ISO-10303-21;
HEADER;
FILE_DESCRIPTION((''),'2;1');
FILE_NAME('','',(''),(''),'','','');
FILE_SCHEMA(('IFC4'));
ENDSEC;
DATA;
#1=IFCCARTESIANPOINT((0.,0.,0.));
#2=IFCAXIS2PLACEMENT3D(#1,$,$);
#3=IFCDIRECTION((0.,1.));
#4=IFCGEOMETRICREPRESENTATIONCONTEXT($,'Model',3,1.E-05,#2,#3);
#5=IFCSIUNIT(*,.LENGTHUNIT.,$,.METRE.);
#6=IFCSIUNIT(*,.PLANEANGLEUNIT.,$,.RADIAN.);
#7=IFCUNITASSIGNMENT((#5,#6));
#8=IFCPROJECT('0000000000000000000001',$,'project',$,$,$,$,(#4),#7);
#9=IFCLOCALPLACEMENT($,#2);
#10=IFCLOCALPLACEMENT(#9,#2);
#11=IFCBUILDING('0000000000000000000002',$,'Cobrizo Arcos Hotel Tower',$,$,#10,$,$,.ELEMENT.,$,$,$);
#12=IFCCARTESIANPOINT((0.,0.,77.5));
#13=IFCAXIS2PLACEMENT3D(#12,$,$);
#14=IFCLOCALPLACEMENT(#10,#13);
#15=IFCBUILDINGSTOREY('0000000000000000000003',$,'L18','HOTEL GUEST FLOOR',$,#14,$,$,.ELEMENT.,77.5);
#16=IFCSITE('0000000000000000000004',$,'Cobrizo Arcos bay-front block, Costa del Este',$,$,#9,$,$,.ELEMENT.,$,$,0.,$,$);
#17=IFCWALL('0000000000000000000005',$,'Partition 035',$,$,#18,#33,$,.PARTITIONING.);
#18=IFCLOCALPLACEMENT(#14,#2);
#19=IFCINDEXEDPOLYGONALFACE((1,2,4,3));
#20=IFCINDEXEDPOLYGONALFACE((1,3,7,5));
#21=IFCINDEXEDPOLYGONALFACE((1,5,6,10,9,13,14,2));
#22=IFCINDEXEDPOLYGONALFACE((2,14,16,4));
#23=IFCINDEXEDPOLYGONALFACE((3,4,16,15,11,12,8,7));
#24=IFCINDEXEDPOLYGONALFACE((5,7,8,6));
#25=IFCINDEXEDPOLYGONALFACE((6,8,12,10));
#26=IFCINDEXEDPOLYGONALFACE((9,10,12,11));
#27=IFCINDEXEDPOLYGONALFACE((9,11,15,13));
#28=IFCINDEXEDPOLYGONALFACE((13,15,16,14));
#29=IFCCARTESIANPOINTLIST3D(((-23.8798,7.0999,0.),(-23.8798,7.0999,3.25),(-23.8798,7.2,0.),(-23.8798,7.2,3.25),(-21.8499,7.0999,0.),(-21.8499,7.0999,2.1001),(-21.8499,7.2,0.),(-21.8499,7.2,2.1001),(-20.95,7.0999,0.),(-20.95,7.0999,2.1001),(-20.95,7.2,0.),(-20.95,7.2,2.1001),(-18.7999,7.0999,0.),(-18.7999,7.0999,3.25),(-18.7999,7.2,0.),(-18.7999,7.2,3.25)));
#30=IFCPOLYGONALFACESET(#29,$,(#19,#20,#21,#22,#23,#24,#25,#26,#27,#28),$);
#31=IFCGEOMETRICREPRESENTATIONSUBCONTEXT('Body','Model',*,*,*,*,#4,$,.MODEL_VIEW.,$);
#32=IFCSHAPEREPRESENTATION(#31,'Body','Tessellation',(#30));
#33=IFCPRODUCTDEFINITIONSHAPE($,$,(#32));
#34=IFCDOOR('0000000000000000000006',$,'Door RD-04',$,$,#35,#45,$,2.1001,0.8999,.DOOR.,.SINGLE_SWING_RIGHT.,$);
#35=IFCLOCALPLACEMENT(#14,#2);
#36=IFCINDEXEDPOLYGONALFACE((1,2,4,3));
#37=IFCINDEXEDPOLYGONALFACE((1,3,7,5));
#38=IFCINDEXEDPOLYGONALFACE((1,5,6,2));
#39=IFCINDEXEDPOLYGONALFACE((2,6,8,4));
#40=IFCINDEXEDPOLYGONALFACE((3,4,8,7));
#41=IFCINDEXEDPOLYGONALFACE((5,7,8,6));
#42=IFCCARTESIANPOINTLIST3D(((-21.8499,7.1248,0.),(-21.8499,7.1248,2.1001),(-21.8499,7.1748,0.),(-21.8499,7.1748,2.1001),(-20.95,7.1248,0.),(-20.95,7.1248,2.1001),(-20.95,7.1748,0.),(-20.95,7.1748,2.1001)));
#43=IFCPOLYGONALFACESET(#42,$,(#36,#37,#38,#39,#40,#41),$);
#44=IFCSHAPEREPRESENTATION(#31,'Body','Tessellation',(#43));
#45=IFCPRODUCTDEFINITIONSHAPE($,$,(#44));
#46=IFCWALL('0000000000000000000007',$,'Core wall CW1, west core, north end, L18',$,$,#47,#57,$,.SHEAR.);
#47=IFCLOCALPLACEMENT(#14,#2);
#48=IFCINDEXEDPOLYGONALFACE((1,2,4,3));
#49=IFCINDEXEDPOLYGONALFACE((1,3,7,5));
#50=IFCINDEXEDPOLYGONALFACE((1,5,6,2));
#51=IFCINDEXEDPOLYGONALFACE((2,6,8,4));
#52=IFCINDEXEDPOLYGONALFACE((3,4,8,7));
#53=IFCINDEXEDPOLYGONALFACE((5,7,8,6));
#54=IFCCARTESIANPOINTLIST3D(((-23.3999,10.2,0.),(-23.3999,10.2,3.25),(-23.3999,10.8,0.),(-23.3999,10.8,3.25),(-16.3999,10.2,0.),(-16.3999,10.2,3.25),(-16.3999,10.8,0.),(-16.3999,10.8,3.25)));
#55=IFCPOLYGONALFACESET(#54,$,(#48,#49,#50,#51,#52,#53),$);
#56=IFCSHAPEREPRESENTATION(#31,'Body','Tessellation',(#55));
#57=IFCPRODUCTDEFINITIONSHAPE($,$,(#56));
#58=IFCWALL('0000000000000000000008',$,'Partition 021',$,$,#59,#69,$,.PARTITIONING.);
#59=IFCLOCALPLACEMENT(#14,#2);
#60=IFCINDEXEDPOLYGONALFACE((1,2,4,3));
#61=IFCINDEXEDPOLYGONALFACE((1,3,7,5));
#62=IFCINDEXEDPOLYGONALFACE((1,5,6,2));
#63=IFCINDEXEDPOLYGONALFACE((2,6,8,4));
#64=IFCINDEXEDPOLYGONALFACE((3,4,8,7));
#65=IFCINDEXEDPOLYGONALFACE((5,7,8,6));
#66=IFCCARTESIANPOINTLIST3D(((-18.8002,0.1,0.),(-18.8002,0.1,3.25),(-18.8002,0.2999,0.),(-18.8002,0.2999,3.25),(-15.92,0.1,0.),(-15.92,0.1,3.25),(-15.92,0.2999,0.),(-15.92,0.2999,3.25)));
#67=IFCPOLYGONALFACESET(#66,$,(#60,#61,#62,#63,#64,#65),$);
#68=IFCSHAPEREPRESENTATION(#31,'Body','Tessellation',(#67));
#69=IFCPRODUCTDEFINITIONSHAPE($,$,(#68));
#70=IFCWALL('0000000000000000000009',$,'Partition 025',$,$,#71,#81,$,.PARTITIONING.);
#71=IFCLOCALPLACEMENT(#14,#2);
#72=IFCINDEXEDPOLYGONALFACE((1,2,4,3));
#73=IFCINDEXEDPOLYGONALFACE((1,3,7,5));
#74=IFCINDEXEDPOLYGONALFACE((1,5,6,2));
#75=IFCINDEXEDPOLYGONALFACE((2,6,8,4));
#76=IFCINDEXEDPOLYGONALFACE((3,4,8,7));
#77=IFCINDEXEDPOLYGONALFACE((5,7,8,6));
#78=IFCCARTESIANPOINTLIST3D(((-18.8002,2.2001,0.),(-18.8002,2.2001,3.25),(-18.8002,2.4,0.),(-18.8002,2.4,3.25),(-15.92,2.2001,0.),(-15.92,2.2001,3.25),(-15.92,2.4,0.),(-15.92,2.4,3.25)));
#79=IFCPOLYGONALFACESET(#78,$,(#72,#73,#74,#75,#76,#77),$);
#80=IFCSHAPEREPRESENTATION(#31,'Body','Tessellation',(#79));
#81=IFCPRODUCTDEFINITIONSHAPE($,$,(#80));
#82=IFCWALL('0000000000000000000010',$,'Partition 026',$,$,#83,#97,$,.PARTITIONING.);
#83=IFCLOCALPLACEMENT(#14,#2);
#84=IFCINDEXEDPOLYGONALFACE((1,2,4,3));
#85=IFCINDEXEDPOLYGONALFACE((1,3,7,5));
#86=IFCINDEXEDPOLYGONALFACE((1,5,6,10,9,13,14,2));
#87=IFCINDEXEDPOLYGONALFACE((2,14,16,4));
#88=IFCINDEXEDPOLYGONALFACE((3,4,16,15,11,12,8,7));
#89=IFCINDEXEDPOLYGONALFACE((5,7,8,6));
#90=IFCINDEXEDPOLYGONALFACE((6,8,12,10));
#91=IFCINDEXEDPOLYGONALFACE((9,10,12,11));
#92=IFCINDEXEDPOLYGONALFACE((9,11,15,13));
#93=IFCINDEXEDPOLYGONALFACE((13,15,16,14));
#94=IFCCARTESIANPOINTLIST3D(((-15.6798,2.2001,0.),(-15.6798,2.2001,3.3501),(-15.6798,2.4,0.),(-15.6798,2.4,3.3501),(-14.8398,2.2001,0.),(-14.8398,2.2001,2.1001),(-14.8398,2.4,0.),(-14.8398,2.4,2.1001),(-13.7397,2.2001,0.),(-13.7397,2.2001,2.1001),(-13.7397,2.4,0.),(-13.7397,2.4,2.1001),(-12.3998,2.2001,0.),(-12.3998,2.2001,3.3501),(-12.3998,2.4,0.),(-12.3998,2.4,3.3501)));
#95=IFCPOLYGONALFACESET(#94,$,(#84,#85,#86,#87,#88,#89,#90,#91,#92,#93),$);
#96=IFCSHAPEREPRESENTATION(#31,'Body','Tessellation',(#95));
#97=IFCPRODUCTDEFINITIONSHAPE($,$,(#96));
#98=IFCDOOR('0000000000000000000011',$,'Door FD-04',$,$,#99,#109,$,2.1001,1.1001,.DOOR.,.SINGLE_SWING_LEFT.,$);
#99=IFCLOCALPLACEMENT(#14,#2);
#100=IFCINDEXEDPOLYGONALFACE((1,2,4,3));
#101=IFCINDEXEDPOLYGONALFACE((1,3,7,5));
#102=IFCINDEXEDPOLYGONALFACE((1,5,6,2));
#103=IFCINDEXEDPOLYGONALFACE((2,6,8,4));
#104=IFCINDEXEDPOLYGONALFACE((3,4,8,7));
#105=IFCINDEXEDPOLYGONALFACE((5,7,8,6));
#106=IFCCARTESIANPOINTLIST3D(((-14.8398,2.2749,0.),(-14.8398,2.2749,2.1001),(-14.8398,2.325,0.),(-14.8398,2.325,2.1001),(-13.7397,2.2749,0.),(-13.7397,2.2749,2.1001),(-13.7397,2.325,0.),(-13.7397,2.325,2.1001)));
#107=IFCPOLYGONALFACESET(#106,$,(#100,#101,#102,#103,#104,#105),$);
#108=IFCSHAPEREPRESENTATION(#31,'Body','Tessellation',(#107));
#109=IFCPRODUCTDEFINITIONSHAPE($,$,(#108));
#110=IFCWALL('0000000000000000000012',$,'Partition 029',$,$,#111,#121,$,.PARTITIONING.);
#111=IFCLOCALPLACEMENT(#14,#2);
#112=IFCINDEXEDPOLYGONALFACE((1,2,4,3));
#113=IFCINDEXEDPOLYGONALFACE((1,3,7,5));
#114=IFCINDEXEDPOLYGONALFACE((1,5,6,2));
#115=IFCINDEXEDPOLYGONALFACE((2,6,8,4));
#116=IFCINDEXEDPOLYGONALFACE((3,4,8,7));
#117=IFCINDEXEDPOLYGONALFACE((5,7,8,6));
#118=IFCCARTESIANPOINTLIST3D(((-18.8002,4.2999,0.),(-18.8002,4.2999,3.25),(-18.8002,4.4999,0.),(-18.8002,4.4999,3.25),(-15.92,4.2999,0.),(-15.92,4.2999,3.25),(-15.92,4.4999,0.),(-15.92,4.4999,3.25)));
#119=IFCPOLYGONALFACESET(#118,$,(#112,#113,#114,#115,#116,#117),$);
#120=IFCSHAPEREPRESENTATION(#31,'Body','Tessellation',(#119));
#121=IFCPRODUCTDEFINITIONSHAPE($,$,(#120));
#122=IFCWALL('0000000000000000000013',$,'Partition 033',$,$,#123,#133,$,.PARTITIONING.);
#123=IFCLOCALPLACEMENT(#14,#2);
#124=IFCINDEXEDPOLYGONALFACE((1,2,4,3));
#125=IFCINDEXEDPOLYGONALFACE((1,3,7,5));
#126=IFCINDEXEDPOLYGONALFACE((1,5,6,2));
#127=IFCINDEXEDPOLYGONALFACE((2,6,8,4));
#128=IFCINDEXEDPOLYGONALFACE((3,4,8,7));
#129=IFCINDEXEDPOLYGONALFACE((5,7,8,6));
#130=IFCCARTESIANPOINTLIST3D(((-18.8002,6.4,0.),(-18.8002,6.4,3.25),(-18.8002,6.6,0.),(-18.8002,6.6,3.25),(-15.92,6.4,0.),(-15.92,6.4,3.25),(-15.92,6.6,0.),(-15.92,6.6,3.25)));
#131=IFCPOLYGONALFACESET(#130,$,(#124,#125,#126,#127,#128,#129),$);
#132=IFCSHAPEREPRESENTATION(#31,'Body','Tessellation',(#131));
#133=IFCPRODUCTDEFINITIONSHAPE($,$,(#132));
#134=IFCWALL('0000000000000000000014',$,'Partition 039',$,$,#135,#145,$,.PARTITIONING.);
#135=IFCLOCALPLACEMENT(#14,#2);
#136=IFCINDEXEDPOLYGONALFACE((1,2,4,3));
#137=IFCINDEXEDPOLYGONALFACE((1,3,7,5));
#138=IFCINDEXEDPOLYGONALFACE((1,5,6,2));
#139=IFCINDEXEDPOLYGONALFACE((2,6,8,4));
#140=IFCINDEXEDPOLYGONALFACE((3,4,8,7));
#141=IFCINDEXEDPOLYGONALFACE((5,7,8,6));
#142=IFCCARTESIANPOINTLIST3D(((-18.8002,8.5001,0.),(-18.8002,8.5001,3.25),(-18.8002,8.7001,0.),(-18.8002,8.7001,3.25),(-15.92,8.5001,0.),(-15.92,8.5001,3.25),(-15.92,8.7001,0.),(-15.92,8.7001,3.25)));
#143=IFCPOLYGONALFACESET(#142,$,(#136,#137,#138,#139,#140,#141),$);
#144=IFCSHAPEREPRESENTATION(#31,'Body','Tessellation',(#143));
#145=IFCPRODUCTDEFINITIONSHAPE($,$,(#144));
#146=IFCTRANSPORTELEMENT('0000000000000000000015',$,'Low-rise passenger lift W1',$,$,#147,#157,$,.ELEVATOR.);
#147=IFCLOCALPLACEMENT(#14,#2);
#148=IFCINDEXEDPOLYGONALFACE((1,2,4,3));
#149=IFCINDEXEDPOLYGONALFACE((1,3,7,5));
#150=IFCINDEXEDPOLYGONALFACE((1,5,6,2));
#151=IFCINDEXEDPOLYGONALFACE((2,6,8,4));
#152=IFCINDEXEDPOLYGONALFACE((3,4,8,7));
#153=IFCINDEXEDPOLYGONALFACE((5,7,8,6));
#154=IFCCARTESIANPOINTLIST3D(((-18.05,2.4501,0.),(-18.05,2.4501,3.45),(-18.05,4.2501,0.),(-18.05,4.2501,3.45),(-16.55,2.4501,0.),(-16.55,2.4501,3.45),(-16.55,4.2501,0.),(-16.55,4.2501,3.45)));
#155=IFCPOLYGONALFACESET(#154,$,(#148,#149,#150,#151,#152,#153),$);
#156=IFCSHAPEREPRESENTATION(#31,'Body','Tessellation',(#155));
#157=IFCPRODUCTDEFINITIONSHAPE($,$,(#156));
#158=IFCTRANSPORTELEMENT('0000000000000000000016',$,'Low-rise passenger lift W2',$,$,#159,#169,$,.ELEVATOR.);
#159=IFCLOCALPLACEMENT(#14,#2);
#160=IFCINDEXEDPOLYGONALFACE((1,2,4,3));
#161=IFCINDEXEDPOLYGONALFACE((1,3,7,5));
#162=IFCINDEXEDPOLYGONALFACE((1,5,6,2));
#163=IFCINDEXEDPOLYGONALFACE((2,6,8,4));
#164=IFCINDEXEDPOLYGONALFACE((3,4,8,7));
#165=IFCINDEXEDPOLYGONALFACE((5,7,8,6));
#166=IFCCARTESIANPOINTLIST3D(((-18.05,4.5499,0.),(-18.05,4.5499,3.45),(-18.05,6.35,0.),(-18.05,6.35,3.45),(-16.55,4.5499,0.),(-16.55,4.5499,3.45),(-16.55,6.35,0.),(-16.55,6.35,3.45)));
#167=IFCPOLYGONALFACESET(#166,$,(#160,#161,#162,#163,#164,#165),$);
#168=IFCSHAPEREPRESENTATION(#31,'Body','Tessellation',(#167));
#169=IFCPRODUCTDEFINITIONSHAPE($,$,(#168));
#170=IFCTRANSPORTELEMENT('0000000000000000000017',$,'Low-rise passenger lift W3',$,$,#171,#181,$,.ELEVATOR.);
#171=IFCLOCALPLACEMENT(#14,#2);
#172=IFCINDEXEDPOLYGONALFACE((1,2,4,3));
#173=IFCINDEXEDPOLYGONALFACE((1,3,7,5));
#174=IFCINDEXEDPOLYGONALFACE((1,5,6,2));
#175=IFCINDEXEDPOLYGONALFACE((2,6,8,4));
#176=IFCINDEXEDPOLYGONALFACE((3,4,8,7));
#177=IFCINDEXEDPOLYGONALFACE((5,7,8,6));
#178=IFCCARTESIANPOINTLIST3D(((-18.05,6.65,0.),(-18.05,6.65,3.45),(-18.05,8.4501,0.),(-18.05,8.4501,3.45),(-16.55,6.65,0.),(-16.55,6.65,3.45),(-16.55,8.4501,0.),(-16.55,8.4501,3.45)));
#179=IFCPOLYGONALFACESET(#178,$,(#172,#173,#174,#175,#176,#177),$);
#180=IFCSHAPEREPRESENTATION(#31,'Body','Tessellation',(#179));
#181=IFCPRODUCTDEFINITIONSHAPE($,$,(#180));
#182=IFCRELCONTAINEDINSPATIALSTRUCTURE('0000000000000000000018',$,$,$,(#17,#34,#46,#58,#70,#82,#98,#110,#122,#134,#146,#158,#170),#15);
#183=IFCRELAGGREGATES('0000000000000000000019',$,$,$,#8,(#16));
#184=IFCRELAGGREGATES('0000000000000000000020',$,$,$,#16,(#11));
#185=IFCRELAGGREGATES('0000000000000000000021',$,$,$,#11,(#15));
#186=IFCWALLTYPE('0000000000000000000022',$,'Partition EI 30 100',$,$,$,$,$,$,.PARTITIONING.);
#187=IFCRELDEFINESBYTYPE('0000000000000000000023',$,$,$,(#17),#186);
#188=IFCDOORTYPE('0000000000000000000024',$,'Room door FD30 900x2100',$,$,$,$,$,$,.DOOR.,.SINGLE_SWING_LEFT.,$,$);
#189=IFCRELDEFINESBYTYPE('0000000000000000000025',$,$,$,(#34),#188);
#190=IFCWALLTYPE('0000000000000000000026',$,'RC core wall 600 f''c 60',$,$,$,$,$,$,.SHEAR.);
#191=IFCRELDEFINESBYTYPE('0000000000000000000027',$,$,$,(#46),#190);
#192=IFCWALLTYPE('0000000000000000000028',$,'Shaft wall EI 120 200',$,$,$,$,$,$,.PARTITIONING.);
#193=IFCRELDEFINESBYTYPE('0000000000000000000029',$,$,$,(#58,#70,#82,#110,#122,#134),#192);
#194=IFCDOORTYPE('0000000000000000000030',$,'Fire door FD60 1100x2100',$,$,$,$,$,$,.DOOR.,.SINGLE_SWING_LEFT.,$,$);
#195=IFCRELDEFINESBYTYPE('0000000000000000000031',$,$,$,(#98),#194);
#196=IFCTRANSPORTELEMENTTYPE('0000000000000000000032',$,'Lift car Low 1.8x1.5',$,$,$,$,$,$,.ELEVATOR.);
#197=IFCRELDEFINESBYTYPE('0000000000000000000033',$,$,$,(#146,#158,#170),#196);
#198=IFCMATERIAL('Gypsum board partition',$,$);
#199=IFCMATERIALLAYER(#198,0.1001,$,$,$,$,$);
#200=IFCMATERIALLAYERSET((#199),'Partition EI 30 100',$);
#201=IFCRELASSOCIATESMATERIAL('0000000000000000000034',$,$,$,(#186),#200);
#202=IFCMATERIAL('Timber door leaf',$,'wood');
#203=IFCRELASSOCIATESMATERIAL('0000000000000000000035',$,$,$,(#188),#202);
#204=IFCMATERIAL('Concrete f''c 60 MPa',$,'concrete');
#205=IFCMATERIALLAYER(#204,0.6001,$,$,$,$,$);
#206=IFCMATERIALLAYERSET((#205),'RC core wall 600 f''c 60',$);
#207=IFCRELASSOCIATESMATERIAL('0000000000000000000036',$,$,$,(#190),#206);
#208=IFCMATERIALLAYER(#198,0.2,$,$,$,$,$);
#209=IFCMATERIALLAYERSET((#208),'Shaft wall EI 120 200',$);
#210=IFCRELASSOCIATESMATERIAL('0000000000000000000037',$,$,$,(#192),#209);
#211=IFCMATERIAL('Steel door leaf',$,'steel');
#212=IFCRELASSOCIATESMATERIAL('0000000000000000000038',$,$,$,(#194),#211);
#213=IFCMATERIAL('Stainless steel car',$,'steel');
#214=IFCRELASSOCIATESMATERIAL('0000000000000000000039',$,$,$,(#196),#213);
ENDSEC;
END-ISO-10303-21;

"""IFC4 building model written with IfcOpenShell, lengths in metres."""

from ifc_helpers import new_model, si_unit, direction, frame, frame_2d, origin, origin_2d, place, context, subcontext, project, spatial, rectangle, extrude, material, layer, layer_set, type_object, element, fill, save


model = new_model("IFC4")

# Units and contexts
model_context = context("Model", 3, precision=1e-05, world=origin(), true_north=direction((0.0, 1.0)))
body_context = subcontext(model_context, "Body", "Model", "MODEL_VIEW")
ifc_project = project(units=[si_unit("LENGTHUNIT", "METRE"), si_unit("PLANEANGLEUNIT", "RADIAN")], contexts=[model_context])

# Site, building, storey
site_placement = place(None, origin())
site = spatial("IfcSite", under=ifc_project, at=site_placement, Name="Cobrizo Arcos bay-front block, Costa del Este", CompositionType="ELEMENT", RefElevation=0.0)
building_placement = place(site_placement, origin())
building = spatial("IfcBuilding", under=site, at=building_placement, Name="Cobrizo Arcos Hotel Tower", CompositionType="ELEMENT")
storey_placement = place(building_placement, frame((0.0, 0.0, 77.5)))
storey = spatial("IfcBuildingStorey", under=building, at=storey_placement, Name="L18", Description="HOTEL GUEST FLOOR", CompositionType="ELEMENT", Elevation=77.5)

# Shared definitions
ifc_material_1 = material(Name="Gypsum board partition")
ifc_material_2 = material(Name="Timber door leaf", Category="wood")

# Wall, opening, door
ifc_layer_1 = layer(ifc_material_1, 0.1001)
ifc_layer_set_1 = layer_set([ifc_layer_1], Name="Partition EI 30 100")
wall_type_1 = type_object("IfcWallType", Name="Partition EI 30 100", PredefinedType="PARTITIONING", material=ifc_layer_set_1)
wall_1_placement = place(storey_placement, frame((-23.8799, 7.1499, 0.0), z_axis=(0.0, 0.0, 1.0), x_axis=(1.0, 0.0, 0.0)))
wall_1 = element("IfcWall", 1, at=wall_1_placement, inside=storey, type_object=wall_type_1, Name="Partition 035", PredefinedType="PARTITIONING", context=body_context, shape_type="SweptSolid", body=[
    extrude(rectangle(XDim=5.0798, YDim=0.1001, at=frame_2d((2.54, 0.0))), origin(), (0.0, 0.0, 1.0), 3.25),
])
opening_1_placement = place(wall_1_placement, frame((2.03, 0.0, 0.0)))
opening_1 = element("IfcOpeningElement", 2, at=opening_1_placement, cuts=wall_1, PredefinedType="OPENING", context=body_context, shape_type="SweptSolid", body=[
    extrude(rectangle(XDim=0.8999, YDim=2.1001, at=frame_2d((0.45, 1.05))), frame((0.0, 0.062, 0.0), z_axis=(0.0, -1.0, 0.0), x_axis=(1.0, 0.0, 0.0)), (0.0, 0.0, 1.0), 0.124),
])
door_type_1 = type_object("IfcDoorType", Name="Room door FD30 900x2100", OperationType="SINGLE_SWING_LEFT", PredefinedType="DOOR", material=ifc_material_2)
door_1_placement = place(opening_1_placement, origin())
door_1 = element("IfcDoor", 3, at=door_1_placement, inside=storey, type_object=door_type_1, Name="Door RD-04", OperationType="SINGLE_SWING_RIGHT", OverallHeight=2.1001, OverallWidth=0.8999, PredefinedType="DOOR", context=body_context, shape_type="SweptSolid", body=[
    extrude(rectangle(XDim=0.8999, YDim=2.1001, at=frame_2d((0.45, 1.05))), frame((0.0, 0.0249, 0.0), z_axis=(0.0, -1.0, 0.0), x_axis=(1.0, 0.0, 0.0)), (0.0, 0.0, 1.0), 0.05),
])
fill(opening_1, door_1)

# Walls
ifc_material_3 = material(Name="Concrete f'c 60 MPa", Category="concrete")
ifc_layer_2 = layer(ifc_material_3, 0.6001)
ifc_layer_set_2 = layer_set([ifc_layer_2], Name="RC core wall 600 f'c 60")
wall_type_2 = type_object("IfcWallType", Name="RC core wall 600 f'c 60", PredefinedType="SHEAR", material=ifc_layer_set_2)
wall_2_placement = place(storey_placement, frame((-23.3999, 10.5, 0.0), z_axis=(0.0, 0.0, 1.0), x_axis=(1.0, 0.0, 0.0)))
element("IfcWall", 4, at=wall_2_placement, inside=storey, type_object=wall_type_2, Name="Core wall CW1, west core, north end, L18", PredefinedType="SHEAR", context=body_context, shape_type="SweptSolid", body=[
    extrude(rectangle(XDim=7.0, YDim=0.6001, at=frame_2d((3.5, 0.0))), origin(), (0.0, 0.0, 1.0), 3.25),
])
ifc_layer_3 = layer(ifc_material_1, 0.2)
ifc_layer_set_3 = layer_set([ifc_layer_3], Name="Shaft wall EI 120 200")
wall_type_3 = type_object("IfcWallType", Name="Shaft wall EI 120 200", PredefinedType="PARTITIONING", material=ifc_layer_set_3)
for number, where, z_axis, x_axis, name in (
    (5, (-18.8, 0.2, 0.0), (0.0, 0.0, 1.0), (1.0, 0.0, 0.0), "Partition 021"),
    (6, (-18.8, 2.3, 0.0), (0.0, 0.0, 1.0), (1.0, 0.0, 0.0), "Partition 025"),
):
    element("IfcWall", number, at=place(storey_placement, frame(where, z_axis=z_axis, x_axis=x_axis)), inside=storey, type_object=wall_type_3, Name=name, PredefinedType="PARTITIONING", context=body_context, shape_type="SweptSolid", body=[
        extrude(rectangle(XDim=2.8801, YDim=0.2, at=frame_2d((1.4399, 0.0))), origin(), (0.0, 0.0, 1.0), 3.25),
    ])

# Wall, opening, door
wall_3_placement = place(storey_placement, frame((-15.6799, 2.3, 0.0), z_axis=(0.0, 0.0, 1.0), x_axis=(1.0, 0.0, 0.0)))
wall_3 = element("IfcWall", 7, at=wall_3_placement, inside=storey, type_object=wall_type_3, Name="Partition 026", PredefinedType="PARTITIONING", context=body_context, shape_type="SweptSolid", body=[
    extrude(rectangle(XDim=3.28, YDim=0.2, at=frame_2d((1.6401, 0.0))), origin(), (0.0, 0.0, 1.0), 3.3501),
])
opening_2_placement = place(wall_3_placement, frame((0.8401, 0.0, 0.0)))
opening_2 = element("IfcOpeningElement", 8, at=opening_2_placement, cuts=wall_3, PredefinedType="OPENING", context=body_context, shape_type="SweptSolid", body=[
    extrude(rectangle(XDim=1.1001, YDim=2.1001, at=frame_2d((0.55, 1.05))), frame((0.0, 0.1121, 0.0), z_axis=(0.0, -1.0, 0.0), x_axis=(1.0, 0.0, 0.0)), (0.0, 0.0, 1.0), 0.2239),
])
ifc_material_4 = material(Name="Steel door leaf", Category="steel")
door_type_2 = type_object("IfcDoorType", Name="Fire door FD60 1100x2100", OperationType="SINGLE_SWING_LEFT", PredefinedType="DOOR", material=ifc_material_4)
door_2_placement = place(opening_2_placement, origin())
door_2 = element("IfcDoor", 9, at=door_2_placement, inside=storey, type_object=door_type_2, Name="Door FD-04", OperationType="SINGLE_SWING_LEFT", OverallHeight=2.1001, OverallWidth=1.1001, PredefinedType="DOOR", context=body_context, shape_type="SweptSolid", body=[
    extrude(rectangle(XDim=1.1001, YDim=2.1001, at=frame_2d((0.55, 1.05))), frame((0.0, 0.0249, 0.0), z_axis=(0.0, -1.0, 0.0), x_axis=(1.0, 0.0, 0.0)), (0.0, 0.0, 1.0), 0.05),
])
fill(opening_2, door_2)

# Walls
for number, where, z_axis, x_axis, name in (
    (10, (-18.8, 4.3999, 0.0), (0.0, 0.0, 1.0), (1.0, 0.0, 0.0), "Partition 029"),
    (11, (-18.8, 6.5, 0.0), (0.0, 0.0, 1.0), (1.0, 0.0, 0.0), "Partition 033"),
    (12, (-18.8, 8.6001, 0.0), (0.0, 0.0, 1.0), (1.0, 0.0, 0.0), "Partition 039"),
):
    element("IfcWall", number, at=place(storey_placement, frame(where, z_axis=z_axis, x_axis=x_axis)), inside=storey, type_object=wall_type_3, Name=name, PredefinedType="PARTITIONING", context=body_context, shape_type="SweptSolid", body=[
        extrude(rectangle(XDim=2.8801, YDim=0.2, at=frame_2d((1.4399, 0.0))), origin(), (0.0, 0.0, 1.0), 3.25),
    ])

# Transport elements
ifc_material_5 = material(Name="Stainless steel car", Category="steel")
transport_element_type = type_object("IfcTransportElementType", Name="Lift car Low 1.8x1.5", PredefinedType="ELEVATOR", material=ifc_material_5)
for number, where, z_axis, x_axis, name in (
    (13, (-17.3, 3.3501, 0.0), (0.0, 0.0, 1.0), (1.0, 0.0, 0.0), "Low-rise passenger lift W1"),
    (14, (-17.3, 5.45, 0.0), (0.0, 0.0, 1.0), (1.0, 0.0, 0.0), "Low-rise passenger lift W2"),
    (15, (-17.3, 7.55, 0.0), (0.0, 0.0, 1.0), (1.0, 0.0, 0.0), "Low-rise passenger lift W3"),
):
    element("IfcTransportElement", number, at=place(storey_placement, frame(where, z_axis=z_axis, x_axis=x_axis)), inside=storey, type_object=transport_element_type, Name=name, PredefinedType="ELEVATOR", context=body_context, shape_type="SweptSolid", body=[
        extrude(rectangle(XDim=1.5, YDim=1.8, at=origin_2d()), origin(), (0.0, 0.0, 1.0), 3.45),
    ])

save(model, "model.ifc")
